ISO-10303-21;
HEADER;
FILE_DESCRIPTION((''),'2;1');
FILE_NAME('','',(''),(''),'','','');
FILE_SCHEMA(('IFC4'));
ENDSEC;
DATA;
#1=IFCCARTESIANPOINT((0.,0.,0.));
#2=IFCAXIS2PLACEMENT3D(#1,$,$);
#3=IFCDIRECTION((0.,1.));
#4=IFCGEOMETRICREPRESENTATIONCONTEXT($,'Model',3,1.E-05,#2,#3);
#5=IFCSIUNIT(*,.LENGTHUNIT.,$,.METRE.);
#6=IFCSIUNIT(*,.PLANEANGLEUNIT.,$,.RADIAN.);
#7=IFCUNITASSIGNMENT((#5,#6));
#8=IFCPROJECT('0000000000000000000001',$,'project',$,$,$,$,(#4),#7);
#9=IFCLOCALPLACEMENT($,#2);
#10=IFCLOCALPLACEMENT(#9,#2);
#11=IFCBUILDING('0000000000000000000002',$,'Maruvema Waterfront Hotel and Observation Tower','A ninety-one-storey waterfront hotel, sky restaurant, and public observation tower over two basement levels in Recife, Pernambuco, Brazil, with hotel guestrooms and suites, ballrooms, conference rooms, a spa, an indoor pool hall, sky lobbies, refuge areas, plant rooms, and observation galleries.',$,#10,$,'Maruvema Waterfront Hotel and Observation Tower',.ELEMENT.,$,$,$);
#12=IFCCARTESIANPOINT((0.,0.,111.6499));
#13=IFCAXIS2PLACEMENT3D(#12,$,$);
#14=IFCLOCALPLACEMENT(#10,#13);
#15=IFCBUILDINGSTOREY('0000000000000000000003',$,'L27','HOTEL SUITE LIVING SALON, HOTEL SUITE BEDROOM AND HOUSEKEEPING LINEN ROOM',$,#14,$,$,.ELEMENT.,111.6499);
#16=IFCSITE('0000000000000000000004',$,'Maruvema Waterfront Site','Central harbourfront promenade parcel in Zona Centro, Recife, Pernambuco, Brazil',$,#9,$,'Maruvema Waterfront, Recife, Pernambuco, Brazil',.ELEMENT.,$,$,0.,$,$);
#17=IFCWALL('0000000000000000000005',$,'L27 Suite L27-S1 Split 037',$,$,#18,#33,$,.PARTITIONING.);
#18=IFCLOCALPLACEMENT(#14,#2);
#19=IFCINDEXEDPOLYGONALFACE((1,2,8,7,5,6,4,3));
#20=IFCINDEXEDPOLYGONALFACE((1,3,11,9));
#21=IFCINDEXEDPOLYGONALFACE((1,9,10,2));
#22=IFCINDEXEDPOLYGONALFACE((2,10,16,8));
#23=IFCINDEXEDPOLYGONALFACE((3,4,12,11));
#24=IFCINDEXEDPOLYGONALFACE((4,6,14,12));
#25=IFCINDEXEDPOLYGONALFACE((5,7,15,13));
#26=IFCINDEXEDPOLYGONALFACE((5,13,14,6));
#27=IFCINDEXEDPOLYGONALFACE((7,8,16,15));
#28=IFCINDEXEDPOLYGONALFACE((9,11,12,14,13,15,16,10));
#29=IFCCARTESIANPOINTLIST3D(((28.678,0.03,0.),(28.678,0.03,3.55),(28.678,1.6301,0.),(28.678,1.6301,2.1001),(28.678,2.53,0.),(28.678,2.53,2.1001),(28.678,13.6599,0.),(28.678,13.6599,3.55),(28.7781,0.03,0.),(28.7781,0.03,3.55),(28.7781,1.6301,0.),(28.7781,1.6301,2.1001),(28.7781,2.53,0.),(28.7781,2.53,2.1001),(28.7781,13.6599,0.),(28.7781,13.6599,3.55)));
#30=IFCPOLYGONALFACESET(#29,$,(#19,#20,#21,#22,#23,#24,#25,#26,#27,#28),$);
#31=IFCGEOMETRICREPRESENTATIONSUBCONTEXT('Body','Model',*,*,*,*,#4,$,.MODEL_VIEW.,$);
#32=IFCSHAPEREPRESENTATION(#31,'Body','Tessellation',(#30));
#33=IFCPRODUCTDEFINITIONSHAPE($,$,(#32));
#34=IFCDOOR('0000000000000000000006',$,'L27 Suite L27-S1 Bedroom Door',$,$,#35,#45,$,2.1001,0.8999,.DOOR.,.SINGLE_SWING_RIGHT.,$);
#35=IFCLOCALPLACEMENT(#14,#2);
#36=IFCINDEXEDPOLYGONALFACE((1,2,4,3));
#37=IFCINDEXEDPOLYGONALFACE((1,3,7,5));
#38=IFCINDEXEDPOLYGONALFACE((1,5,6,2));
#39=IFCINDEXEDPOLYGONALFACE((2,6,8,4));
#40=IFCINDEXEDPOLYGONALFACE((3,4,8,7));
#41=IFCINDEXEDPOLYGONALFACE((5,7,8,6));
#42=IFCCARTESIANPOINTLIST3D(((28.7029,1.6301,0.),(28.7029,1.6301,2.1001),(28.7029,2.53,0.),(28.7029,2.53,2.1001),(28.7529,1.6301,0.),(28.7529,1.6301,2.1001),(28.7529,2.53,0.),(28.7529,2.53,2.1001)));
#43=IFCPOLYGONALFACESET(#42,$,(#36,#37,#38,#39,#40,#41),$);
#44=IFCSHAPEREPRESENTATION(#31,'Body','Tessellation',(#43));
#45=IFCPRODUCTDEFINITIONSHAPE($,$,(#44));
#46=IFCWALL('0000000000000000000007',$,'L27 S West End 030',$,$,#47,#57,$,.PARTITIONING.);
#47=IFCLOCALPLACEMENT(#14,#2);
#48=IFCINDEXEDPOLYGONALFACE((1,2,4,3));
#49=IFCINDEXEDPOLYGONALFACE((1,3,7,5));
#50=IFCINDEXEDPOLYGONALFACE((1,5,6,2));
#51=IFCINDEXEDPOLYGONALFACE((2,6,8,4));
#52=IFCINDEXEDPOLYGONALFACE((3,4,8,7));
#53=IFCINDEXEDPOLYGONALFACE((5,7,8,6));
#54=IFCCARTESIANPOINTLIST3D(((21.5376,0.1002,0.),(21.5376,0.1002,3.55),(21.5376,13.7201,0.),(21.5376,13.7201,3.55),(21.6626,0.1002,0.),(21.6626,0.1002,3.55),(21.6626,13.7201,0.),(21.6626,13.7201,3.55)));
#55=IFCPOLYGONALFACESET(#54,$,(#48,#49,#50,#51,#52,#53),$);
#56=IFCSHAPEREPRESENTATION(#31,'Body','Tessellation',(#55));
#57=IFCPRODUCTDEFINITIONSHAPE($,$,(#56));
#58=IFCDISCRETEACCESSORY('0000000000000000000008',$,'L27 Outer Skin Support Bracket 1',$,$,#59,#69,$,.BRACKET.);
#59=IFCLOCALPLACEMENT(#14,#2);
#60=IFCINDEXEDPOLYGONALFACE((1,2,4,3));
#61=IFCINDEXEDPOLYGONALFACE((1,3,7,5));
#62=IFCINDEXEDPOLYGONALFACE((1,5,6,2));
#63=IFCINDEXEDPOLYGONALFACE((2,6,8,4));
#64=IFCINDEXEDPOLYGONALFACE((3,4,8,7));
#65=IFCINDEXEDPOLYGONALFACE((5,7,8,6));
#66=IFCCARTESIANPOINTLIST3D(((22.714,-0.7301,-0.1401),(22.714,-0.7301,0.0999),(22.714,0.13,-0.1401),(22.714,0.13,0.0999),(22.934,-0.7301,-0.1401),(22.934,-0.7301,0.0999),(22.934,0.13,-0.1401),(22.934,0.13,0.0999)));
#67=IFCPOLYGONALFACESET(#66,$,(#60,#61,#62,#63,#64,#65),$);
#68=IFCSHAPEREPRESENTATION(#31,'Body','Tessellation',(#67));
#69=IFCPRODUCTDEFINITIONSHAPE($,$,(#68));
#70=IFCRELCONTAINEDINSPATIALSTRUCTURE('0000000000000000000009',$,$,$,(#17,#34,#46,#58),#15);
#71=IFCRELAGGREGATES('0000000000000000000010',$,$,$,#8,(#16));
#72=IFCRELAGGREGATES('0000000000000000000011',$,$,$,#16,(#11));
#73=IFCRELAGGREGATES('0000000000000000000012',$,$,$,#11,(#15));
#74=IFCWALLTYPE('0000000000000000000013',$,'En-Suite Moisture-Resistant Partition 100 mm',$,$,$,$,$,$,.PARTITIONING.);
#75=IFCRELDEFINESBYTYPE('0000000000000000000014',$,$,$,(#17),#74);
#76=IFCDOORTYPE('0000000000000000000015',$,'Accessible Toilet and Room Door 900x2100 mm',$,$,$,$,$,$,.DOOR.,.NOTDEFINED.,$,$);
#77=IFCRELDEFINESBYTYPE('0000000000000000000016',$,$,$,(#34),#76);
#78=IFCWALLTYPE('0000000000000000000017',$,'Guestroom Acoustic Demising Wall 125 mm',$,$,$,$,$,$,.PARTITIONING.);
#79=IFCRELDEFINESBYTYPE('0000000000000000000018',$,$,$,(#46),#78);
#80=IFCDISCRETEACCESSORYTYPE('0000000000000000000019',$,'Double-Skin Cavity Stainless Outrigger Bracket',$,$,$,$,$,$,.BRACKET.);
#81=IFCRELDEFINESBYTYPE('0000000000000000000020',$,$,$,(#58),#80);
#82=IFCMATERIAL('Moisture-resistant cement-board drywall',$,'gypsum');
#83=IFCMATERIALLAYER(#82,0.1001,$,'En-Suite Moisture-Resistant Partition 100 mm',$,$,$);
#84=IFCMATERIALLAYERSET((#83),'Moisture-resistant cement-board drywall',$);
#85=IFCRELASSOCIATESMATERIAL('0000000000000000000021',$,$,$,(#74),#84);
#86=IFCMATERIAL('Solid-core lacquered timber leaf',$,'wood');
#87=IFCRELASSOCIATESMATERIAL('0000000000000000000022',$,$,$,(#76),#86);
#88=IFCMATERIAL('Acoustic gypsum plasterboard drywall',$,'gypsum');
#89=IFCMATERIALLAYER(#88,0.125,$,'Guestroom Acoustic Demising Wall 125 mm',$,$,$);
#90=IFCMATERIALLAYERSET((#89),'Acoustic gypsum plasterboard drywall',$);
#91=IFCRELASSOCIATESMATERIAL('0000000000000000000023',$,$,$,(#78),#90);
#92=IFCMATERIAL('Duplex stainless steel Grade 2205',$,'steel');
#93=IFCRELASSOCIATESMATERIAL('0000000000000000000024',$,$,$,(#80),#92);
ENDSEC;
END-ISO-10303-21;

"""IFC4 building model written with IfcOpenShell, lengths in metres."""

from ifc_helpers import new_model, si_unit, direction, frame, frame_2d, origin, origin_2d, place, context, subcontext, project, spatial, rectangle, extrude, material, layer, layer_set, type_object, element, fill, save


model = new_model("IFC4")

# Units and contexts
model_context = context("Model", 3, precision=1e-05, world=origin(), true_north=direction((0.0, 1.0)))
body_context = subcontext(model_context, "Body", "Model", "MODEL_VIEW")
ifc_project = project(units=[si_unit("LENGTHUNIT", "METRE"), si_unit("PLANEANGLEUNIT", "RADIAN")], contexts=[model_context])

# Site, building, storey
site_placement = place(None, origin())
site = spatial("IfcSite", under=ifc_project, at=site_placement, Name="Maruvema Waterfront Site", Description="Central harbourfront promenade parcel in Zona Centro, Recife, Pernambuco, Brazil", LongName="Maruvema Waterfront, Recife, Pernambuco, Brazil", CompositionType="ELEMENT", RefElevation=0.0)
building_placement = place(site_placement, origin())
building = spatial("IfcBuilding", under=site, at=building_placement, Name="Maruvema Waterfront Hotel and Observation Tower", Description="A ninety-one-storey waterfront hotel, sky restaurant, and public observation tower over two basement levels in Recife, Pernambuco, Brazil, with hotel guestrooms and suites, ballrooms, conference rooms, a spa, an indoor pool hall, sky lobbies, refuge areas, plant rooms, and observation galleries.", LongName="Maruvema Waterfront Hotel and Observation Tower", CompositionType="ELEMENT")
storey_placement = place(building_placement, frame((0.0, 0.0, 111.6499)))
storey = spatial("IfcBuildingStorey", under=building, at=storey_placement, Name="L27", Description="HOTEL SUITE LIVING SALON, HOTEL SUITE BEDROOM AND HOUSEKEEPING LINEN ROOM", CompositionType="ELEMENT", Elevation=111.6499)

# Wall, opening, door
ifc_material_1 = material(Name="Moisture-resistant cement-board drywall", Category="gypsum")
ifc_layer_1 = layer(ifc_material_1, 0.1001, Name="En-Suite Moisture-Resistant Partition 100 mm")
ifc_layer_set_1 = layer_set([ifc_layer_1], Name="Moisture-resistant cement-board drywall")
wall_type_1 = type_object("IfcWallType", Name="En-Suite Moisture-Resistant Partition 100 mm", PredefinedType="PARTITIONING", material=ifc_layer_set_1)
wall_1_placement = place(storey_placement, frame((28.728, 0.03, 0.0), z_axis=(0.0, 0.0, 1.0), x_axis=(0.0, 1.0, 0.0)))
wall_1 = element("IfcWall", 1, at=wall_1_placement, inside=storey, type_object=wall_type_1, Name="L27 Suite L27-S1 Split 037", PredefinedType="PARTITIONING", context=body_context, shape_type="SweptSolid", body=[
    extrude(rectangle(XDim=13.6299, YDim=0.1001, at=frame_2d((6.8149, 0.0))), origin(), (0.0, 0.0, 1.0), 3.55),
])
opening_placement = place(wall_1_placement, frame((1.6001, 0.0, 0.0)))
opening = element("IfcOpeningElement", 2, at=opening_placement, cuts=wall_1, PredefinedType="OPENING", context=body_context, shape_type="SweptSolid", body=[
    extrude(rectangle(XDim=0.8999, YDim=2.1001, at=frame_2d((0.45, 1.05))), frame((0.0, 0.0601, 0.0), z_axis=(0.0, -1.0, 0.0), x_axis=(1.0, 0.0, 0.0)), (0.0, 0.0, 1.0), 0.1201),
])
ifc_material_2 = material(Name="Solid-core lacquered timber leaf", Category="wood")
door_type = type_object("IfcDoorType", Name="Accessible Toilet and Room Door 900x2100 mm", OperationType="NOTDEFINED", PredefinedType="DOOR", material=ifc_material_2)
door_placement = place(opening_placement, frame((0.8999, 0.0, 0.0), z_axis=(0.0, 0.0, 1.0), x_axis=(-1.0, 0.0, 0.0)))
door = element("IfcDoor", 3, at=door_placement, inside=storey, type_object=door_type, Name="L27 Suite L27-S1 Bedroom Door", OperationType="SINGLE_SWING_RIGHT", OverallHeight=2.1001, OverallWidth=0.8999, PredefinedType="DOOR", context=body_context, shape_type="SweptSolid", body=[
    extrude(rectangle(XDim=0.8999, YDim=2.1001, at=frame_2d((0.45, 1.05))), frame((0.0, 0.0249, 0.0), z_axis=(0.0, -1.0, 0.0), x_axis=(1.0, 0.0, 0.0)), (0.0, 0.0, 1.0), 0.05),
])
fill(opening, door)

# Wall
ifc_material_3 = material(Name="Acoustic gypsum plasterboard drywall", Category="gypsum")
ifc_layer_2 = layer(ifc_material_3, 0.125, Name="Guestroom Acoustic Demising Wall 125 mm")
ifc_layer_set_2 = layer_set([ifc_layer_2], Name="Acoustic gypsum plasterboard drywall")
wall_type_2 = type_object("IfcWallType", Name="Guestroom Acoustic Demising Wall 125 mm", PredefinedType="PARTITIONING", material=ifc_layer_set_2)
wall_2_placement = place(storey_placement, frame((21.6001, 0.1001, 0.0), z_axis=(0.0, 0.0, 1.0), x_axis=(0.0, 1.0, 0.0)))
element("IfcWall", 4, at=wall_2_placement, inside=storey, type_object=wall_type_2, Name="L27 S West End 030", PredefinedType="PARTITIONING", context=body_context, shape_type="SweptSolid", body=[
    extrude(rectangle(XDim=13.6199, YDim=0.125, at=frame_2d((6.8101, 0.0))), origin(), (0.0, 0.0, 1.0), 3.55),
])

# Discrete accessory
ifc_material_4 = material(Name="Duplex stainless steel Grade 2205", Category="steel")
discrete_accessory_type = type_object("IfcDiscreteAccessoryType", Name="Double-Skin Cavity Stainless Outrigger Bracket", PredefinedType="BRACKET", material=ifc_material_4)
discrete_accessory_placement = place(storey_placement, frame((22.824, -0.3, -0.1401), z_axis=(0.0, 0.0, 1.0), x_axis=(1.0, 0.0, 0.0)))
element("IfcDiscreteAccessory", 5, at=discrete_accessory_placement, inside=storey, type_object=discrete_accessory_type, Name="L27 Outer Skin Support Bracket 1", PredefinedType="BRACKET", context=body_context, shape_type="SweptSolid", body=[
    extrude(rectangle(XDim=0.22, YDim=0.8601, at=origin_2d()), origin(), (0.0, 0.0, 1.0), 0.24),
])

save(model, "model.ifc")
